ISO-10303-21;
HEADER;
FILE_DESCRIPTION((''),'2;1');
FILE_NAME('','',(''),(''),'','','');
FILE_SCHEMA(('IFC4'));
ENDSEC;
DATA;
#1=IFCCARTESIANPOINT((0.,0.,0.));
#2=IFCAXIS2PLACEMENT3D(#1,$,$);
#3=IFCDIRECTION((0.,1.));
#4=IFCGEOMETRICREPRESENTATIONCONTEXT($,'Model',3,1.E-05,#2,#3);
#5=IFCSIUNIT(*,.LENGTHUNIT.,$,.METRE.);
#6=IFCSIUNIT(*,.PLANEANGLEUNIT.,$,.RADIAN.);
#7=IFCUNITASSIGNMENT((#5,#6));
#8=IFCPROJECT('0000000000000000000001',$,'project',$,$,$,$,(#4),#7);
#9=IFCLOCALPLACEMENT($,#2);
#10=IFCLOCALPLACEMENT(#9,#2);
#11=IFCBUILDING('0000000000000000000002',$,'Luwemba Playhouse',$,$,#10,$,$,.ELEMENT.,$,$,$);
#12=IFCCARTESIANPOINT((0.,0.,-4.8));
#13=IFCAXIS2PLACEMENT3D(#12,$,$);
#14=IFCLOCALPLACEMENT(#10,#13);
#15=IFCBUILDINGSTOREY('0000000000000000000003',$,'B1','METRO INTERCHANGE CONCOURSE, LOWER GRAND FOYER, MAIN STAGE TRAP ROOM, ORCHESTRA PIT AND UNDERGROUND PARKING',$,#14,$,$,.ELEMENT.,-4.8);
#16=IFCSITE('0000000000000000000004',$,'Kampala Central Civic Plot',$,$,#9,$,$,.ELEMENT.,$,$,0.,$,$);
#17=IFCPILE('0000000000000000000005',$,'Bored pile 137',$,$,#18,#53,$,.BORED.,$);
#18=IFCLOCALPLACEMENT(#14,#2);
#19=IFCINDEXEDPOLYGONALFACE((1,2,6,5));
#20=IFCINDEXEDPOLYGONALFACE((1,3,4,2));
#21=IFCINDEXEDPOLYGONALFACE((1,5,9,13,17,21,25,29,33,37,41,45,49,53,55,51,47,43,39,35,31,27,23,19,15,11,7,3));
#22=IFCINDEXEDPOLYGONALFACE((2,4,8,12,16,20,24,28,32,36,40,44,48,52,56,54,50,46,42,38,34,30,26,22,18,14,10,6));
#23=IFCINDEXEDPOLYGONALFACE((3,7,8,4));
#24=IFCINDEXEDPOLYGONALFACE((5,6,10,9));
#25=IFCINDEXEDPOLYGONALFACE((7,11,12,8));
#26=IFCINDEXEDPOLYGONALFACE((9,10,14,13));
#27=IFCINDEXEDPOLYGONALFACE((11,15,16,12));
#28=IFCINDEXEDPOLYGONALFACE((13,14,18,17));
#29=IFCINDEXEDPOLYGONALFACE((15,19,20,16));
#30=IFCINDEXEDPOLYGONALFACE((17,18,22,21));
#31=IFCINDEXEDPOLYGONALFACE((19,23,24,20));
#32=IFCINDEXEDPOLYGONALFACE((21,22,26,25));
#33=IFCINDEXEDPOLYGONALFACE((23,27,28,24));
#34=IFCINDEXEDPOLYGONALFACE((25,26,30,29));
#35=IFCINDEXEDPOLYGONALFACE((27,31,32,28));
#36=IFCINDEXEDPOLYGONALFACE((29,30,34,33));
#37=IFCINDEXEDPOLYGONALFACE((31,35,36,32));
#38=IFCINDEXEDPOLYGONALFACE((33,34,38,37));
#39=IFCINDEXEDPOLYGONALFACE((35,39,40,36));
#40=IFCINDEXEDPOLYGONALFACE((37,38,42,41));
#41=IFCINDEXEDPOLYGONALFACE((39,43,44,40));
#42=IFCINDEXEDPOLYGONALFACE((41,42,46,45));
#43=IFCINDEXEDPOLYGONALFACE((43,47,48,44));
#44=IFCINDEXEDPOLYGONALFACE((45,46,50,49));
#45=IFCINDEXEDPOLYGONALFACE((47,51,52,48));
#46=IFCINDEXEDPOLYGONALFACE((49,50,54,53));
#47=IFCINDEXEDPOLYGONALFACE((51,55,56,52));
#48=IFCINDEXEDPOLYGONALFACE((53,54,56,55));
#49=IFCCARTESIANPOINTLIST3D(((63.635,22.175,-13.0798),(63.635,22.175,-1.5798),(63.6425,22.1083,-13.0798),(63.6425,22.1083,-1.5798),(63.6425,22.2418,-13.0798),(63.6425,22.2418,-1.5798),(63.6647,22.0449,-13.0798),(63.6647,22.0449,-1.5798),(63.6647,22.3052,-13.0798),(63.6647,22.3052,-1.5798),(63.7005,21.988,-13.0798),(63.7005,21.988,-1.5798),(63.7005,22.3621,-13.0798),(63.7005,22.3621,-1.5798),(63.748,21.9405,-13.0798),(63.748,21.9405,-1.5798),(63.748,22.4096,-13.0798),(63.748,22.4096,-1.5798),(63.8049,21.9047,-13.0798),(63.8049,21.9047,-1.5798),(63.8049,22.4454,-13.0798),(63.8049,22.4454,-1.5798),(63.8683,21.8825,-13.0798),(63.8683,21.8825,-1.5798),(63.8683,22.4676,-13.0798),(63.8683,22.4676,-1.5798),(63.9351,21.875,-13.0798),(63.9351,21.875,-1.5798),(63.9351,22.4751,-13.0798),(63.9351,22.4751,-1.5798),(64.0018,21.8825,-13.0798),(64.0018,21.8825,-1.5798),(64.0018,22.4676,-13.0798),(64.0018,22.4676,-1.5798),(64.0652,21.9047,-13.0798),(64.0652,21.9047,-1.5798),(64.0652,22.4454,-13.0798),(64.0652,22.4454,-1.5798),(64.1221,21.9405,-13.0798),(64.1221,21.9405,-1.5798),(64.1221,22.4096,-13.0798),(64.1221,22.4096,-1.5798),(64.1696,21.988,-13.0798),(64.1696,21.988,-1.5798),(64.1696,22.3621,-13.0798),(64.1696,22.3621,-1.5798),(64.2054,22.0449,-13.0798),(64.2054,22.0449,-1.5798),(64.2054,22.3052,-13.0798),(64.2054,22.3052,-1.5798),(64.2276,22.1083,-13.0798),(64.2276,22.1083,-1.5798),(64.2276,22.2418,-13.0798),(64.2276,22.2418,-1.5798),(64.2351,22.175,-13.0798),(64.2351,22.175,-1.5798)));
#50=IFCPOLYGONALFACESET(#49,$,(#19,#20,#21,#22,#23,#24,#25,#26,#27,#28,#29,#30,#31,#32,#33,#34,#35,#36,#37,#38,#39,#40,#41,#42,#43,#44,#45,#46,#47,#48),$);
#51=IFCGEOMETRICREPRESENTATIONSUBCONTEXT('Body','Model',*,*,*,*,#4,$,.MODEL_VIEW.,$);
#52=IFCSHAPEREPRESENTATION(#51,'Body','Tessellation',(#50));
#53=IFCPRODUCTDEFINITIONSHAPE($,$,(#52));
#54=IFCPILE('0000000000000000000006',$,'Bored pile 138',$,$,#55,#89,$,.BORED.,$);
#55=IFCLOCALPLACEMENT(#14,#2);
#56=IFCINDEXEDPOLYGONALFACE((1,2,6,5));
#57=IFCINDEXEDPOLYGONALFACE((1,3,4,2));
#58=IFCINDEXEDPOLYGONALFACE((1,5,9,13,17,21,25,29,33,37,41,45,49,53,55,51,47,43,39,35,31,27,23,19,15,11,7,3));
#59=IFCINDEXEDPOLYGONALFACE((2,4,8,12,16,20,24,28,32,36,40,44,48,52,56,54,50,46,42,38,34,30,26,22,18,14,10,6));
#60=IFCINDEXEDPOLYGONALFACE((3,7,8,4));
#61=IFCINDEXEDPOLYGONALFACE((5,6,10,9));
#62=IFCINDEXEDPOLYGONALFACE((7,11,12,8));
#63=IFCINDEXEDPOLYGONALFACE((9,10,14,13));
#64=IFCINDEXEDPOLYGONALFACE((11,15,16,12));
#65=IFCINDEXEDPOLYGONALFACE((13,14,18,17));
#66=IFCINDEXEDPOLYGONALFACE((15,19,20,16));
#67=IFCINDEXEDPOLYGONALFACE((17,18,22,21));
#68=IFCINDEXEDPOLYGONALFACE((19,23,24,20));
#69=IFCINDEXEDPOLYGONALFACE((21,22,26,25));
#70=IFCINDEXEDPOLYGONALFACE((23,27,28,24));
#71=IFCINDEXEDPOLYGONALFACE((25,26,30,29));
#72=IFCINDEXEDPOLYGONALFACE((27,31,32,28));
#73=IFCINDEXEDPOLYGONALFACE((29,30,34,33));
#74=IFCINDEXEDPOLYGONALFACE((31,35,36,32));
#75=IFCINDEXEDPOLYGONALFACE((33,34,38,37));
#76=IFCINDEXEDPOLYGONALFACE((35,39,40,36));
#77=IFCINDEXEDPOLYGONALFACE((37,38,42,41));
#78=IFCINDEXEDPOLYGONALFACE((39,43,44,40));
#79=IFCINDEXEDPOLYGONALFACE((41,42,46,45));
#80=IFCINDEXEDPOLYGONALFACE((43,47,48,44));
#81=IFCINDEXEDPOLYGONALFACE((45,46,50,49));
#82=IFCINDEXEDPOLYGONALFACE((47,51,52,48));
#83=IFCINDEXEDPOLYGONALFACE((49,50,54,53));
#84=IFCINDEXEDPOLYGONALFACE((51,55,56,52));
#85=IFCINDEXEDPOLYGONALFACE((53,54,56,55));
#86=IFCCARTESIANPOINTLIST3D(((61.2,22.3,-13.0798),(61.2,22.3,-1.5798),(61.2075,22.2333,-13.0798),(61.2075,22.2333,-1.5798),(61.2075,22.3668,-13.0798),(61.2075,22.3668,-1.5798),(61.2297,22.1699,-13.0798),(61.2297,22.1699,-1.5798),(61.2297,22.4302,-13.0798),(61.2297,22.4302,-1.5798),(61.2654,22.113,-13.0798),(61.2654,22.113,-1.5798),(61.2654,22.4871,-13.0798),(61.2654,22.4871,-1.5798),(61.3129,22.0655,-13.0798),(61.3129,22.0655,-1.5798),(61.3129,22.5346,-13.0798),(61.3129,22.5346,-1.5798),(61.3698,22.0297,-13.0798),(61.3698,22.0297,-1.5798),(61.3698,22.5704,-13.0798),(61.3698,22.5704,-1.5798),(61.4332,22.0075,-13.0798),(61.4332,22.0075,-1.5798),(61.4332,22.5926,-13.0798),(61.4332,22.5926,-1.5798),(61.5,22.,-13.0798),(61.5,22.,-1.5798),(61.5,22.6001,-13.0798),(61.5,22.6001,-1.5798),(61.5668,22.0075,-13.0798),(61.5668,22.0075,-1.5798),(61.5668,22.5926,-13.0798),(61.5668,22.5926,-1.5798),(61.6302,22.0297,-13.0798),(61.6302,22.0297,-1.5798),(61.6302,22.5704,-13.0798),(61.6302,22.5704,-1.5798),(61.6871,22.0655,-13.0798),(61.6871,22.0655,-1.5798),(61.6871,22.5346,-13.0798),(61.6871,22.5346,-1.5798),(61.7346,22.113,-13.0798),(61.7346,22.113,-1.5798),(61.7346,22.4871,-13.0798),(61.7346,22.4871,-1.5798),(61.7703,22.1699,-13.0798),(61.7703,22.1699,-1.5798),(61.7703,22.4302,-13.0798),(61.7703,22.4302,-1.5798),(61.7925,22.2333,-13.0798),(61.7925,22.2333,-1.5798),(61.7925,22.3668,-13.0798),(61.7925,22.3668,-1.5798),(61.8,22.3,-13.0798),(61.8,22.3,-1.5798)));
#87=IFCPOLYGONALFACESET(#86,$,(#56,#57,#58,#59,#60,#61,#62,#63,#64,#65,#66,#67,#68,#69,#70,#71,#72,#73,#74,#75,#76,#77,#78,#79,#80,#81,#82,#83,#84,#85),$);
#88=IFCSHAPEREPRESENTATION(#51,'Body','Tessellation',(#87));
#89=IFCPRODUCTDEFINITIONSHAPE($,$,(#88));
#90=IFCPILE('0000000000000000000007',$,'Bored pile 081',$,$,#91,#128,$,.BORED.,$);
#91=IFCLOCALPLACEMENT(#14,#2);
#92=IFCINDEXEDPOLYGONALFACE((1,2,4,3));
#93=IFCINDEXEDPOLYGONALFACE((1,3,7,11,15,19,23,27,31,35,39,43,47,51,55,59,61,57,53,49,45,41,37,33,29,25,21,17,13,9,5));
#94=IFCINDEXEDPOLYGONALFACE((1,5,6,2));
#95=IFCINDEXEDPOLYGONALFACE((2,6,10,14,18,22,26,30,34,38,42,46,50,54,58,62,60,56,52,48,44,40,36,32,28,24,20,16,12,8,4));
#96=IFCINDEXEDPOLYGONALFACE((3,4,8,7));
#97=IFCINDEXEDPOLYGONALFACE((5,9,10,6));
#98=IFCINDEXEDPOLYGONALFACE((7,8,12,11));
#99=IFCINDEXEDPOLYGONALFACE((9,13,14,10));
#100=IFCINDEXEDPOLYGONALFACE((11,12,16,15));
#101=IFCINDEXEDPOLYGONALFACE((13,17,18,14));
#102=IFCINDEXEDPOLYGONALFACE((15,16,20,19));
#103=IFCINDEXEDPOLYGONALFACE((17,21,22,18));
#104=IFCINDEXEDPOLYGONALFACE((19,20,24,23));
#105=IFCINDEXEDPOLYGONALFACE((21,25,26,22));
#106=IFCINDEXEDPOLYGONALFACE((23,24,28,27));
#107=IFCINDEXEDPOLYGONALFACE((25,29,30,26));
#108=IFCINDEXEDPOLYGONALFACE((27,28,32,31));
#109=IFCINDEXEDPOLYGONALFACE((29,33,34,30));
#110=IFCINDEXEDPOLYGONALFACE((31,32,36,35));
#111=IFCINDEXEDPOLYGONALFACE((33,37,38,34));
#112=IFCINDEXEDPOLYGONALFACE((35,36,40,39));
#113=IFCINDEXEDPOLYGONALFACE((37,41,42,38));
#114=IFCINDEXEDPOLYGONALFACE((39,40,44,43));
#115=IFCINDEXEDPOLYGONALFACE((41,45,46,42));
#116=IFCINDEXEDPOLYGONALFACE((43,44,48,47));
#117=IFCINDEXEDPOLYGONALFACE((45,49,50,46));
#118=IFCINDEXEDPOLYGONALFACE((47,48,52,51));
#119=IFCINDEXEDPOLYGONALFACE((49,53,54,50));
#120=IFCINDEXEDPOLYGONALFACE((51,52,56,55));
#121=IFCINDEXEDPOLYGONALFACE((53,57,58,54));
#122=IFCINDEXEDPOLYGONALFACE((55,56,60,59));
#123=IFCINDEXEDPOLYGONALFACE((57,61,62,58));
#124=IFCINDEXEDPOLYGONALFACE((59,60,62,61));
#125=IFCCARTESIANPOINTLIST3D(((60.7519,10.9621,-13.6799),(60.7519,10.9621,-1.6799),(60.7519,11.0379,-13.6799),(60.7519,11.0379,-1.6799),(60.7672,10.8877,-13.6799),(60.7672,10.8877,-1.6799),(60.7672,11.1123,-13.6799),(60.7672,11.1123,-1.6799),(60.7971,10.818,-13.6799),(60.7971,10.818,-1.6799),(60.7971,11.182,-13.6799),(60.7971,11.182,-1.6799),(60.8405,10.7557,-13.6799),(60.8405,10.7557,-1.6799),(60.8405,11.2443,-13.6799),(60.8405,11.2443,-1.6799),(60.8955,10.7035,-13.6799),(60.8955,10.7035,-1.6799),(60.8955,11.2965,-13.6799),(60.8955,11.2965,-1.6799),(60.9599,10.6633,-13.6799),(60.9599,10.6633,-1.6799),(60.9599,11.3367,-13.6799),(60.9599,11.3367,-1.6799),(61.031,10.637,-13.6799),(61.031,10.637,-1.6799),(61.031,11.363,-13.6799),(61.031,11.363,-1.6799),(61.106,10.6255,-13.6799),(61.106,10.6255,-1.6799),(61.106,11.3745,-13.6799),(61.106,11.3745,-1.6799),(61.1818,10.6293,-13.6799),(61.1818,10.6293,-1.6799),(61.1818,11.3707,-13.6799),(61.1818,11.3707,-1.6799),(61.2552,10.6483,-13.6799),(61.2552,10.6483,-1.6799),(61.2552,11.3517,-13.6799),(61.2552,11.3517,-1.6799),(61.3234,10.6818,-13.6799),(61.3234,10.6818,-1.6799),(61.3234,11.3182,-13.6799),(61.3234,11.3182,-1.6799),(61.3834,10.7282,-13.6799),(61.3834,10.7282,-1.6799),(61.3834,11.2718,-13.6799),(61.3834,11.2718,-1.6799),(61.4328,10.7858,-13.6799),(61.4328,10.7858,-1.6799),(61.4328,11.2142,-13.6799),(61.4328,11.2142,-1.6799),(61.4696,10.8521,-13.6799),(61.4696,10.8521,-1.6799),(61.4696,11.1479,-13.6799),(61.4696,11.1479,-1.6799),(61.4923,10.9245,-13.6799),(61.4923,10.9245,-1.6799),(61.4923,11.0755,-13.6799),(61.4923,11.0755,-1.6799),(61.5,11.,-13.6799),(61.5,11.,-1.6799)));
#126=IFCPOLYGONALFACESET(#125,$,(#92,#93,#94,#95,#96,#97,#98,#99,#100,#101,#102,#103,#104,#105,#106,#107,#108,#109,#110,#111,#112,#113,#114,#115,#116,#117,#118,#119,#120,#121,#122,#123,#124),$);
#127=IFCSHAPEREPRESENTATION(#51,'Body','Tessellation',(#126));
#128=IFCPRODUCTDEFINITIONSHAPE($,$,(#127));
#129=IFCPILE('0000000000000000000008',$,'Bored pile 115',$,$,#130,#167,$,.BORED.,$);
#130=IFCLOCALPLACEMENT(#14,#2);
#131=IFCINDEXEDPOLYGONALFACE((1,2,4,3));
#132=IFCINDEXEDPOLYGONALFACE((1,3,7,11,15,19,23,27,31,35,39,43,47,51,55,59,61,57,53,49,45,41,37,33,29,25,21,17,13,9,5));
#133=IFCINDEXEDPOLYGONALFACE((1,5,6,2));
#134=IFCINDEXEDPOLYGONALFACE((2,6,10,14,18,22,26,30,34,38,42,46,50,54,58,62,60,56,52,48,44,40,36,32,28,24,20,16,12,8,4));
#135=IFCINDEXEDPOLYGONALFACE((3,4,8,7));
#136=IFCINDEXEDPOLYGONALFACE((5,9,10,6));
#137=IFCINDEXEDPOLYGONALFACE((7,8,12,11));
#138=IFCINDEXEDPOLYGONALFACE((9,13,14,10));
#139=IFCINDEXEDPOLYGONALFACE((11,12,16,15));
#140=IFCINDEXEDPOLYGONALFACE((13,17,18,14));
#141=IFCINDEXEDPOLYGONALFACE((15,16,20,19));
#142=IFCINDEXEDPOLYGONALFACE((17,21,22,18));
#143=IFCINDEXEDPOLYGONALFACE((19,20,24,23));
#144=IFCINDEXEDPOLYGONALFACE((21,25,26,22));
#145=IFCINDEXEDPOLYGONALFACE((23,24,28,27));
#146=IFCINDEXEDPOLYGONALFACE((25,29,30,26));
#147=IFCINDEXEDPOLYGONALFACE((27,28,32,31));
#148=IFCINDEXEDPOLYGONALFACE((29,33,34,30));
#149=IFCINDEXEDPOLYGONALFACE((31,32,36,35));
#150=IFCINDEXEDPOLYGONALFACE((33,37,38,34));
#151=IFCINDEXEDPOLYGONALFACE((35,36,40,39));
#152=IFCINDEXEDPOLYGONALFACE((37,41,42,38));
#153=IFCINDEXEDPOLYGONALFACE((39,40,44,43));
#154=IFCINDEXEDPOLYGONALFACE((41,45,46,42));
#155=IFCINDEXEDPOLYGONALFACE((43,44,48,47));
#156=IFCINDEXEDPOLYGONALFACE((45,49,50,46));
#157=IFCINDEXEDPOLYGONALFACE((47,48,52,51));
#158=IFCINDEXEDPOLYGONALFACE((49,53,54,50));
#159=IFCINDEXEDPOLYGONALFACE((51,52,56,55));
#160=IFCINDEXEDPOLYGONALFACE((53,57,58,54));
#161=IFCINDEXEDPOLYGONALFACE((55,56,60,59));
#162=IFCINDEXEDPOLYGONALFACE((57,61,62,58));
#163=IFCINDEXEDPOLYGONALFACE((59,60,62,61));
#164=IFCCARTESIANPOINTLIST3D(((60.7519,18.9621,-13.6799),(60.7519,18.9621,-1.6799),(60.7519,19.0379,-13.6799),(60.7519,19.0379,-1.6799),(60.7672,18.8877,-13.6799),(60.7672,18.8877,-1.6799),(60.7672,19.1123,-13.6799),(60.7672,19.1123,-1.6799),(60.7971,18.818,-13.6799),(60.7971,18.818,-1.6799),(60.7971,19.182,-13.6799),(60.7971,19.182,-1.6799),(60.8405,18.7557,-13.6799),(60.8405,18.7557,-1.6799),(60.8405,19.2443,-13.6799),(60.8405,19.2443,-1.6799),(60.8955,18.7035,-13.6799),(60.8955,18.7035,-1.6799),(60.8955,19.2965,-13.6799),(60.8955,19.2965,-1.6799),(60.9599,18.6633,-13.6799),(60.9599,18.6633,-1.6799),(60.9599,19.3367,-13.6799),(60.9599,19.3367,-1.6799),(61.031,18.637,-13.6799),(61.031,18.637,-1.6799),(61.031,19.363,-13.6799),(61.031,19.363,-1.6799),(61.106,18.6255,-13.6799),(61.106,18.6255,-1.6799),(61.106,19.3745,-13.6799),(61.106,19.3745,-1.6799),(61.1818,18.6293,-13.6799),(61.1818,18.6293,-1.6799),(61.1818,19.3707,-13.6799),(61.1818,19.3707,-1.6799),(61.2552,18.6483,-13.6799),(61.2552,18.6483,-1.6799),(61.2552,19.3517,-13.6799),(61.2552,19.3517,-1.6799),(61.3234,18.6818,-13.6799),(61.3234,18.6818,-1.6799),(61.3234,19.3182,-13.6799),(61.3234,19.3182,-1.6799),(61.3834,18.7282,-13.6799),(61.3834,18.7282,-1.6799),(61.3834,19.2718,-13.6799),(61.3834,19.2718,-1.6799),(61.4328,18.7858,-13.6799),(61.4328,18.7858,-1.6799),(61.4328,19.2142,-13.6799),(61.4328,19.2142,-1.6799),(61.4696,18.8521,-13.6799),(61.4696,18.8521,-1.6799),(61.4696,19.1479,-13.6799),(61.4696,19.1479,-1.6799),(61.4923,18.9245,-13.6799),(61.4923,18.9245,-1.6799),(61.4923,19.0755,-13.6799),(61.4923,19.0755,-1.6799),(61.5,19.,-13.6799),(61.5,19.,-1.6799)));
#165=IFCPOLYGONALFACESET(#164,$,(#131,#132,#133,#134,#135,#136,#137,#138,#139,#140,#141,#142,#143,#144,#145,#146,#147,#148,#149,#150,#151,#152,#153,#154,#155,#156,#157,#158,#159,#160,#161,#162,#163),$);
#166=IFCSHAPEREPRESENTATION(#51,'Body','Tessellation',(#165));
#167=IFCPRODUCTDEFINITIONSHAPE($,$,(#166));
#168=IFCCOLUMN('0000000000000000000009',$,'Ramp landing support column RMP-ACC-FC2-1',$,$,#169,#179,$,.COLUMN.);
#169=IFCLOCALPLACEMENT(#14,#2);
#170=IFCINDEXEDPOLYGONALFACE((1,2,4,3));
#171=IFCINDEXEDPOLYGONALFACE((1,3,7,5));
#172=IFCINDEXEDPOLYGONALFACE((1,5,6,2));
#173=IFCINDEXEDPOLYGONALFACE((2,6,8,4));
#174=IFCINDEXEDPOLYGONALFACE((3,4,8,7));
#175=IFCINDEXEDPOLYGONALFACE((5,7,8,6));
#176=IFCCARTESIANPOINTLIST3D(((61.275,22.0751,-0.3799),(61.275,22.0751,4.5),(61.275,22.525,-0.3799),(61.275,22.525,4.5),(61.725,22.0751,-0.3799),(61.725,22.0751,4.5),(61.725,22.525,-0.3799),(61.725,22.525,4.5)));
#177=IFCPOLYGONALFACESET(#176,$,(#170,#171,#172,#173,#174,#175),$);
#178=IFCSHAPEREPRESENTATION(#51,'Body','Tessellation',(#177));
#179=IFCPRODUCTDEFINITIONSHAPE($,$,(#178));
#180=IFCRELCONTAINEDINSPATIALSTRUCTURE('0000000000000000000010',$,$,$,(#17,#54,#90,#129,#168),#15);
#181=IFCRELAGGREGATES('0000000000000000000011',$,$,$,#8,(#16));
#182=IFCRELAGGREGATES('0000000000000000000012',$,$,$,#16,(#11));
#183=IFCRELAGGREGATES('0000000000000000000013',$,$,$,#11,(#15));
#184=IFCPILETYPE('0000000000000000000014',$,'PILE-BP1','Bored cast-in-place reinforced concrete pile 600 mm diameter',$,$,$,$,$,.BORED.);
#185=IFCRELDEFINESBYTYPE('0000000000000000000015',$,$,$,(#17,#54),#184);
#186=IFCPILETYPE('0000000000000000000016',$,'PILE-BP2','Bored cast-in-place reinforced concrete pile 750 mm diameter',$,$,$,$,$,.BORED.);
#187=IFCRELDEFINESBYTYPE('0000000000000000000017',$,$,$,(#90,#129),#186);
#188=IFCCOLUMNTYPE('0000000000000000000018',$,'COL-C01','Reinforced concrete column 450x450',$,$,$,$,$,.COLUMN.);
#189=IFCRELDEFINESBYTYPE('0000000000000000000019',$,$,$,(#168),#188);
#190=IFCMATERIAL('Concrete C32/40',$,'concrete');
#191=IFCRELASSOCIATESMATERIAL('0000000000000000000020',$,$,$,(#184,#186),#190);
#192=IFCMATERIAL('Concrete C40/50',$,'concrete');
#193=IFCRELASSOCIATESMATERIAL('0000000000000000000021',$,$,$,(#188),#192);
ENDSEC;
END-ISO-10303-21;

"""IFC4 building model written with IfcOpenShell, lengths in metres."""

from ifc_helpers import new_model, si_unit, direction, frame, origin, origin_2d, place, context, subcontext, project, spatial, rectangle, circle, extrude, material, material_profile, profile_set, type_object, element, save


model = new_model("IFC4")

# Units and contexts
model_context = context("Model", 3, precision=1e-05, world=origin(), true_north=direction((0.0, 1.0)))
body_context = subcontext(model_context, "Body", "Model", "MODEL_VIEW")
ifc_project = project(units=[si_unit("LENGTHUNIT", "METRE"), si_unit("PLANEANGLEUNIT", "RADIAN")], contexts=[model_context])

# Site, building, storey
site_placement = place(None, origin())
site = spatial("IfcSite", under=ifc_project, at=site_placement, Name="Kampala Central Civic Plot", CompositionType="ELEMENT", RefElevation=0.0)
building_placement = place(site_placement, origin())
building = spatial("IfcBuilding", under=site, at=building_placement, Name="Luwemba Playhouse", CompositionType="ELEMENT")
storey_placement = place(building_placement, frame((0.0, 0.0, -4.8)))
storey = spatial("IfcBuildingStorey", under=building, at=storey_placement, Name="B1", Description="METRO INTERCHANGE CONCOURSE, LOWER GRAND FOYER, MAIN STAGE TRAP ROOM, ORCHESTRA PIT AND UNDERGROUND PARKING", CompositionType="ELEMENT", Elevation=-4.8)

# Piles
ifc_material_1 = material(Name="Concrete C32/40", Category="concrete")
ifc_material_profile_1 = material_profile(ifc_material_1, circle(Radius=0.3, at=origin_2d()))
ifc_profile_set_1 = profile_set([ifc_material_profile_1], Name="Concrete C32/40")
pile_type_1 = type_object("IfcPileType", Name="PILE-BP1", Description="Bored cast-in-place reinforced concrete pile 600 mm diameter", PredefinedType="BORED", material=ifc_profile_set_1)
for number, where, z_axis, x_axis, name in (
    (1, (63.9351, 22.175, -1.5798), (0.0, 0.0, -1.0), (1.0, 0.0, 0.0), "Bored pile 137"),
    (2, (61.5, 22.3, -1.5798), (0.0, 0.0, -1.0), (1.0, 0.0, 0.0), "Bored pile 138"),
):
    element("IfcPile", number, at=place(storey_placement, frame(where, z_axis=z_axis, x_axis=x_axis)), inside=storey, type_object=pile_type_1, Name=name, PredefinedType="BORED", context=body_context, shape_type="SweptSolid", body=[
        extrude(circle(Radius=0.3, at=origin_2d()), origin(), (0.0, 0.0, 1.0), 11.5),
    ])
ifc_material_profile_2 = material_profile(ifc_material_1, circle(Radius=0.375, at=origin_2d()))
ifc_profile_set_2 = profile_set([ifc_material_profile_2], Name="Concrete C32/40")
pile_type_2 = type_object("IfcPileType", Name="PILE-BP2", Description="Bored cast-in-place reinforced concrete pile 750 mm diameter", PredefinedType="BORED", material=ifc_profile_set_2)
for number, where, z_axis, x_axis, name in (
    (3, (61.125, 11.0, -1.6799), (0.0, 0.0, -1.0), (1.0, 0.0, 0.0), "Bored pile 081"),
    (4, (61.125, 19.0, -1.6799), (0.0, 0.0, -1.0), (1.0, 0.0, 0.0), "Bored pile 115"),
):
    element("IfcPile", number, at=place(storey_placement, frame(where, z_axis=z_axis, x_axis=x_axis)), inside=storey, type_object=pile_type_2, Name=name, PredefinedType="BORED", context=body_context, shape_type="SweptSolid", body=[
        extrude(circle(Radius=0.375, at=origin_2d()), origin(), (0.0, 0.0, 1.0), 12.0),
    ])

# Column
ifc_material_2 = material(Name="Concrete C40/50", Category="concrete")
ifc_material_profile_3 = material_profile(ifc_material_2, rectangle(XDim=0.45, YDim=0.45, at=origin_2d()))
ifc_profile_set_3 = profile_set([ifc_material_profile_3], Name="Concrete C40/50")
column_type = type_object("IfcColumnType", Name="COL-C01", Description="Reinforced concrete column 450x450", PredefinedType="COLUMN", material=ifc_profile_set_3)
column_placement = place(storey_placement, frame((61.5, 22.3, -0.3799), z_axis=(0.0, 0.0, 1.0), x_axis=(1.0, 0.0, 0.0)))
element("IfcColumn", 5, at=column_placement, inside=storey, type_object=column_type, Name="Ramp landing support column RMP-ACC-FC2-1", PredefinedType="COLUMN", context=body_context, shape_type="SweptSolid", body=[
    extrude(rectangle(XDim=0.45, YDim=0.45, at=origin_2d()), origin(), (0.0, 0.0, 1.0), 4.8799),
])

save(model, "model.ifc")
